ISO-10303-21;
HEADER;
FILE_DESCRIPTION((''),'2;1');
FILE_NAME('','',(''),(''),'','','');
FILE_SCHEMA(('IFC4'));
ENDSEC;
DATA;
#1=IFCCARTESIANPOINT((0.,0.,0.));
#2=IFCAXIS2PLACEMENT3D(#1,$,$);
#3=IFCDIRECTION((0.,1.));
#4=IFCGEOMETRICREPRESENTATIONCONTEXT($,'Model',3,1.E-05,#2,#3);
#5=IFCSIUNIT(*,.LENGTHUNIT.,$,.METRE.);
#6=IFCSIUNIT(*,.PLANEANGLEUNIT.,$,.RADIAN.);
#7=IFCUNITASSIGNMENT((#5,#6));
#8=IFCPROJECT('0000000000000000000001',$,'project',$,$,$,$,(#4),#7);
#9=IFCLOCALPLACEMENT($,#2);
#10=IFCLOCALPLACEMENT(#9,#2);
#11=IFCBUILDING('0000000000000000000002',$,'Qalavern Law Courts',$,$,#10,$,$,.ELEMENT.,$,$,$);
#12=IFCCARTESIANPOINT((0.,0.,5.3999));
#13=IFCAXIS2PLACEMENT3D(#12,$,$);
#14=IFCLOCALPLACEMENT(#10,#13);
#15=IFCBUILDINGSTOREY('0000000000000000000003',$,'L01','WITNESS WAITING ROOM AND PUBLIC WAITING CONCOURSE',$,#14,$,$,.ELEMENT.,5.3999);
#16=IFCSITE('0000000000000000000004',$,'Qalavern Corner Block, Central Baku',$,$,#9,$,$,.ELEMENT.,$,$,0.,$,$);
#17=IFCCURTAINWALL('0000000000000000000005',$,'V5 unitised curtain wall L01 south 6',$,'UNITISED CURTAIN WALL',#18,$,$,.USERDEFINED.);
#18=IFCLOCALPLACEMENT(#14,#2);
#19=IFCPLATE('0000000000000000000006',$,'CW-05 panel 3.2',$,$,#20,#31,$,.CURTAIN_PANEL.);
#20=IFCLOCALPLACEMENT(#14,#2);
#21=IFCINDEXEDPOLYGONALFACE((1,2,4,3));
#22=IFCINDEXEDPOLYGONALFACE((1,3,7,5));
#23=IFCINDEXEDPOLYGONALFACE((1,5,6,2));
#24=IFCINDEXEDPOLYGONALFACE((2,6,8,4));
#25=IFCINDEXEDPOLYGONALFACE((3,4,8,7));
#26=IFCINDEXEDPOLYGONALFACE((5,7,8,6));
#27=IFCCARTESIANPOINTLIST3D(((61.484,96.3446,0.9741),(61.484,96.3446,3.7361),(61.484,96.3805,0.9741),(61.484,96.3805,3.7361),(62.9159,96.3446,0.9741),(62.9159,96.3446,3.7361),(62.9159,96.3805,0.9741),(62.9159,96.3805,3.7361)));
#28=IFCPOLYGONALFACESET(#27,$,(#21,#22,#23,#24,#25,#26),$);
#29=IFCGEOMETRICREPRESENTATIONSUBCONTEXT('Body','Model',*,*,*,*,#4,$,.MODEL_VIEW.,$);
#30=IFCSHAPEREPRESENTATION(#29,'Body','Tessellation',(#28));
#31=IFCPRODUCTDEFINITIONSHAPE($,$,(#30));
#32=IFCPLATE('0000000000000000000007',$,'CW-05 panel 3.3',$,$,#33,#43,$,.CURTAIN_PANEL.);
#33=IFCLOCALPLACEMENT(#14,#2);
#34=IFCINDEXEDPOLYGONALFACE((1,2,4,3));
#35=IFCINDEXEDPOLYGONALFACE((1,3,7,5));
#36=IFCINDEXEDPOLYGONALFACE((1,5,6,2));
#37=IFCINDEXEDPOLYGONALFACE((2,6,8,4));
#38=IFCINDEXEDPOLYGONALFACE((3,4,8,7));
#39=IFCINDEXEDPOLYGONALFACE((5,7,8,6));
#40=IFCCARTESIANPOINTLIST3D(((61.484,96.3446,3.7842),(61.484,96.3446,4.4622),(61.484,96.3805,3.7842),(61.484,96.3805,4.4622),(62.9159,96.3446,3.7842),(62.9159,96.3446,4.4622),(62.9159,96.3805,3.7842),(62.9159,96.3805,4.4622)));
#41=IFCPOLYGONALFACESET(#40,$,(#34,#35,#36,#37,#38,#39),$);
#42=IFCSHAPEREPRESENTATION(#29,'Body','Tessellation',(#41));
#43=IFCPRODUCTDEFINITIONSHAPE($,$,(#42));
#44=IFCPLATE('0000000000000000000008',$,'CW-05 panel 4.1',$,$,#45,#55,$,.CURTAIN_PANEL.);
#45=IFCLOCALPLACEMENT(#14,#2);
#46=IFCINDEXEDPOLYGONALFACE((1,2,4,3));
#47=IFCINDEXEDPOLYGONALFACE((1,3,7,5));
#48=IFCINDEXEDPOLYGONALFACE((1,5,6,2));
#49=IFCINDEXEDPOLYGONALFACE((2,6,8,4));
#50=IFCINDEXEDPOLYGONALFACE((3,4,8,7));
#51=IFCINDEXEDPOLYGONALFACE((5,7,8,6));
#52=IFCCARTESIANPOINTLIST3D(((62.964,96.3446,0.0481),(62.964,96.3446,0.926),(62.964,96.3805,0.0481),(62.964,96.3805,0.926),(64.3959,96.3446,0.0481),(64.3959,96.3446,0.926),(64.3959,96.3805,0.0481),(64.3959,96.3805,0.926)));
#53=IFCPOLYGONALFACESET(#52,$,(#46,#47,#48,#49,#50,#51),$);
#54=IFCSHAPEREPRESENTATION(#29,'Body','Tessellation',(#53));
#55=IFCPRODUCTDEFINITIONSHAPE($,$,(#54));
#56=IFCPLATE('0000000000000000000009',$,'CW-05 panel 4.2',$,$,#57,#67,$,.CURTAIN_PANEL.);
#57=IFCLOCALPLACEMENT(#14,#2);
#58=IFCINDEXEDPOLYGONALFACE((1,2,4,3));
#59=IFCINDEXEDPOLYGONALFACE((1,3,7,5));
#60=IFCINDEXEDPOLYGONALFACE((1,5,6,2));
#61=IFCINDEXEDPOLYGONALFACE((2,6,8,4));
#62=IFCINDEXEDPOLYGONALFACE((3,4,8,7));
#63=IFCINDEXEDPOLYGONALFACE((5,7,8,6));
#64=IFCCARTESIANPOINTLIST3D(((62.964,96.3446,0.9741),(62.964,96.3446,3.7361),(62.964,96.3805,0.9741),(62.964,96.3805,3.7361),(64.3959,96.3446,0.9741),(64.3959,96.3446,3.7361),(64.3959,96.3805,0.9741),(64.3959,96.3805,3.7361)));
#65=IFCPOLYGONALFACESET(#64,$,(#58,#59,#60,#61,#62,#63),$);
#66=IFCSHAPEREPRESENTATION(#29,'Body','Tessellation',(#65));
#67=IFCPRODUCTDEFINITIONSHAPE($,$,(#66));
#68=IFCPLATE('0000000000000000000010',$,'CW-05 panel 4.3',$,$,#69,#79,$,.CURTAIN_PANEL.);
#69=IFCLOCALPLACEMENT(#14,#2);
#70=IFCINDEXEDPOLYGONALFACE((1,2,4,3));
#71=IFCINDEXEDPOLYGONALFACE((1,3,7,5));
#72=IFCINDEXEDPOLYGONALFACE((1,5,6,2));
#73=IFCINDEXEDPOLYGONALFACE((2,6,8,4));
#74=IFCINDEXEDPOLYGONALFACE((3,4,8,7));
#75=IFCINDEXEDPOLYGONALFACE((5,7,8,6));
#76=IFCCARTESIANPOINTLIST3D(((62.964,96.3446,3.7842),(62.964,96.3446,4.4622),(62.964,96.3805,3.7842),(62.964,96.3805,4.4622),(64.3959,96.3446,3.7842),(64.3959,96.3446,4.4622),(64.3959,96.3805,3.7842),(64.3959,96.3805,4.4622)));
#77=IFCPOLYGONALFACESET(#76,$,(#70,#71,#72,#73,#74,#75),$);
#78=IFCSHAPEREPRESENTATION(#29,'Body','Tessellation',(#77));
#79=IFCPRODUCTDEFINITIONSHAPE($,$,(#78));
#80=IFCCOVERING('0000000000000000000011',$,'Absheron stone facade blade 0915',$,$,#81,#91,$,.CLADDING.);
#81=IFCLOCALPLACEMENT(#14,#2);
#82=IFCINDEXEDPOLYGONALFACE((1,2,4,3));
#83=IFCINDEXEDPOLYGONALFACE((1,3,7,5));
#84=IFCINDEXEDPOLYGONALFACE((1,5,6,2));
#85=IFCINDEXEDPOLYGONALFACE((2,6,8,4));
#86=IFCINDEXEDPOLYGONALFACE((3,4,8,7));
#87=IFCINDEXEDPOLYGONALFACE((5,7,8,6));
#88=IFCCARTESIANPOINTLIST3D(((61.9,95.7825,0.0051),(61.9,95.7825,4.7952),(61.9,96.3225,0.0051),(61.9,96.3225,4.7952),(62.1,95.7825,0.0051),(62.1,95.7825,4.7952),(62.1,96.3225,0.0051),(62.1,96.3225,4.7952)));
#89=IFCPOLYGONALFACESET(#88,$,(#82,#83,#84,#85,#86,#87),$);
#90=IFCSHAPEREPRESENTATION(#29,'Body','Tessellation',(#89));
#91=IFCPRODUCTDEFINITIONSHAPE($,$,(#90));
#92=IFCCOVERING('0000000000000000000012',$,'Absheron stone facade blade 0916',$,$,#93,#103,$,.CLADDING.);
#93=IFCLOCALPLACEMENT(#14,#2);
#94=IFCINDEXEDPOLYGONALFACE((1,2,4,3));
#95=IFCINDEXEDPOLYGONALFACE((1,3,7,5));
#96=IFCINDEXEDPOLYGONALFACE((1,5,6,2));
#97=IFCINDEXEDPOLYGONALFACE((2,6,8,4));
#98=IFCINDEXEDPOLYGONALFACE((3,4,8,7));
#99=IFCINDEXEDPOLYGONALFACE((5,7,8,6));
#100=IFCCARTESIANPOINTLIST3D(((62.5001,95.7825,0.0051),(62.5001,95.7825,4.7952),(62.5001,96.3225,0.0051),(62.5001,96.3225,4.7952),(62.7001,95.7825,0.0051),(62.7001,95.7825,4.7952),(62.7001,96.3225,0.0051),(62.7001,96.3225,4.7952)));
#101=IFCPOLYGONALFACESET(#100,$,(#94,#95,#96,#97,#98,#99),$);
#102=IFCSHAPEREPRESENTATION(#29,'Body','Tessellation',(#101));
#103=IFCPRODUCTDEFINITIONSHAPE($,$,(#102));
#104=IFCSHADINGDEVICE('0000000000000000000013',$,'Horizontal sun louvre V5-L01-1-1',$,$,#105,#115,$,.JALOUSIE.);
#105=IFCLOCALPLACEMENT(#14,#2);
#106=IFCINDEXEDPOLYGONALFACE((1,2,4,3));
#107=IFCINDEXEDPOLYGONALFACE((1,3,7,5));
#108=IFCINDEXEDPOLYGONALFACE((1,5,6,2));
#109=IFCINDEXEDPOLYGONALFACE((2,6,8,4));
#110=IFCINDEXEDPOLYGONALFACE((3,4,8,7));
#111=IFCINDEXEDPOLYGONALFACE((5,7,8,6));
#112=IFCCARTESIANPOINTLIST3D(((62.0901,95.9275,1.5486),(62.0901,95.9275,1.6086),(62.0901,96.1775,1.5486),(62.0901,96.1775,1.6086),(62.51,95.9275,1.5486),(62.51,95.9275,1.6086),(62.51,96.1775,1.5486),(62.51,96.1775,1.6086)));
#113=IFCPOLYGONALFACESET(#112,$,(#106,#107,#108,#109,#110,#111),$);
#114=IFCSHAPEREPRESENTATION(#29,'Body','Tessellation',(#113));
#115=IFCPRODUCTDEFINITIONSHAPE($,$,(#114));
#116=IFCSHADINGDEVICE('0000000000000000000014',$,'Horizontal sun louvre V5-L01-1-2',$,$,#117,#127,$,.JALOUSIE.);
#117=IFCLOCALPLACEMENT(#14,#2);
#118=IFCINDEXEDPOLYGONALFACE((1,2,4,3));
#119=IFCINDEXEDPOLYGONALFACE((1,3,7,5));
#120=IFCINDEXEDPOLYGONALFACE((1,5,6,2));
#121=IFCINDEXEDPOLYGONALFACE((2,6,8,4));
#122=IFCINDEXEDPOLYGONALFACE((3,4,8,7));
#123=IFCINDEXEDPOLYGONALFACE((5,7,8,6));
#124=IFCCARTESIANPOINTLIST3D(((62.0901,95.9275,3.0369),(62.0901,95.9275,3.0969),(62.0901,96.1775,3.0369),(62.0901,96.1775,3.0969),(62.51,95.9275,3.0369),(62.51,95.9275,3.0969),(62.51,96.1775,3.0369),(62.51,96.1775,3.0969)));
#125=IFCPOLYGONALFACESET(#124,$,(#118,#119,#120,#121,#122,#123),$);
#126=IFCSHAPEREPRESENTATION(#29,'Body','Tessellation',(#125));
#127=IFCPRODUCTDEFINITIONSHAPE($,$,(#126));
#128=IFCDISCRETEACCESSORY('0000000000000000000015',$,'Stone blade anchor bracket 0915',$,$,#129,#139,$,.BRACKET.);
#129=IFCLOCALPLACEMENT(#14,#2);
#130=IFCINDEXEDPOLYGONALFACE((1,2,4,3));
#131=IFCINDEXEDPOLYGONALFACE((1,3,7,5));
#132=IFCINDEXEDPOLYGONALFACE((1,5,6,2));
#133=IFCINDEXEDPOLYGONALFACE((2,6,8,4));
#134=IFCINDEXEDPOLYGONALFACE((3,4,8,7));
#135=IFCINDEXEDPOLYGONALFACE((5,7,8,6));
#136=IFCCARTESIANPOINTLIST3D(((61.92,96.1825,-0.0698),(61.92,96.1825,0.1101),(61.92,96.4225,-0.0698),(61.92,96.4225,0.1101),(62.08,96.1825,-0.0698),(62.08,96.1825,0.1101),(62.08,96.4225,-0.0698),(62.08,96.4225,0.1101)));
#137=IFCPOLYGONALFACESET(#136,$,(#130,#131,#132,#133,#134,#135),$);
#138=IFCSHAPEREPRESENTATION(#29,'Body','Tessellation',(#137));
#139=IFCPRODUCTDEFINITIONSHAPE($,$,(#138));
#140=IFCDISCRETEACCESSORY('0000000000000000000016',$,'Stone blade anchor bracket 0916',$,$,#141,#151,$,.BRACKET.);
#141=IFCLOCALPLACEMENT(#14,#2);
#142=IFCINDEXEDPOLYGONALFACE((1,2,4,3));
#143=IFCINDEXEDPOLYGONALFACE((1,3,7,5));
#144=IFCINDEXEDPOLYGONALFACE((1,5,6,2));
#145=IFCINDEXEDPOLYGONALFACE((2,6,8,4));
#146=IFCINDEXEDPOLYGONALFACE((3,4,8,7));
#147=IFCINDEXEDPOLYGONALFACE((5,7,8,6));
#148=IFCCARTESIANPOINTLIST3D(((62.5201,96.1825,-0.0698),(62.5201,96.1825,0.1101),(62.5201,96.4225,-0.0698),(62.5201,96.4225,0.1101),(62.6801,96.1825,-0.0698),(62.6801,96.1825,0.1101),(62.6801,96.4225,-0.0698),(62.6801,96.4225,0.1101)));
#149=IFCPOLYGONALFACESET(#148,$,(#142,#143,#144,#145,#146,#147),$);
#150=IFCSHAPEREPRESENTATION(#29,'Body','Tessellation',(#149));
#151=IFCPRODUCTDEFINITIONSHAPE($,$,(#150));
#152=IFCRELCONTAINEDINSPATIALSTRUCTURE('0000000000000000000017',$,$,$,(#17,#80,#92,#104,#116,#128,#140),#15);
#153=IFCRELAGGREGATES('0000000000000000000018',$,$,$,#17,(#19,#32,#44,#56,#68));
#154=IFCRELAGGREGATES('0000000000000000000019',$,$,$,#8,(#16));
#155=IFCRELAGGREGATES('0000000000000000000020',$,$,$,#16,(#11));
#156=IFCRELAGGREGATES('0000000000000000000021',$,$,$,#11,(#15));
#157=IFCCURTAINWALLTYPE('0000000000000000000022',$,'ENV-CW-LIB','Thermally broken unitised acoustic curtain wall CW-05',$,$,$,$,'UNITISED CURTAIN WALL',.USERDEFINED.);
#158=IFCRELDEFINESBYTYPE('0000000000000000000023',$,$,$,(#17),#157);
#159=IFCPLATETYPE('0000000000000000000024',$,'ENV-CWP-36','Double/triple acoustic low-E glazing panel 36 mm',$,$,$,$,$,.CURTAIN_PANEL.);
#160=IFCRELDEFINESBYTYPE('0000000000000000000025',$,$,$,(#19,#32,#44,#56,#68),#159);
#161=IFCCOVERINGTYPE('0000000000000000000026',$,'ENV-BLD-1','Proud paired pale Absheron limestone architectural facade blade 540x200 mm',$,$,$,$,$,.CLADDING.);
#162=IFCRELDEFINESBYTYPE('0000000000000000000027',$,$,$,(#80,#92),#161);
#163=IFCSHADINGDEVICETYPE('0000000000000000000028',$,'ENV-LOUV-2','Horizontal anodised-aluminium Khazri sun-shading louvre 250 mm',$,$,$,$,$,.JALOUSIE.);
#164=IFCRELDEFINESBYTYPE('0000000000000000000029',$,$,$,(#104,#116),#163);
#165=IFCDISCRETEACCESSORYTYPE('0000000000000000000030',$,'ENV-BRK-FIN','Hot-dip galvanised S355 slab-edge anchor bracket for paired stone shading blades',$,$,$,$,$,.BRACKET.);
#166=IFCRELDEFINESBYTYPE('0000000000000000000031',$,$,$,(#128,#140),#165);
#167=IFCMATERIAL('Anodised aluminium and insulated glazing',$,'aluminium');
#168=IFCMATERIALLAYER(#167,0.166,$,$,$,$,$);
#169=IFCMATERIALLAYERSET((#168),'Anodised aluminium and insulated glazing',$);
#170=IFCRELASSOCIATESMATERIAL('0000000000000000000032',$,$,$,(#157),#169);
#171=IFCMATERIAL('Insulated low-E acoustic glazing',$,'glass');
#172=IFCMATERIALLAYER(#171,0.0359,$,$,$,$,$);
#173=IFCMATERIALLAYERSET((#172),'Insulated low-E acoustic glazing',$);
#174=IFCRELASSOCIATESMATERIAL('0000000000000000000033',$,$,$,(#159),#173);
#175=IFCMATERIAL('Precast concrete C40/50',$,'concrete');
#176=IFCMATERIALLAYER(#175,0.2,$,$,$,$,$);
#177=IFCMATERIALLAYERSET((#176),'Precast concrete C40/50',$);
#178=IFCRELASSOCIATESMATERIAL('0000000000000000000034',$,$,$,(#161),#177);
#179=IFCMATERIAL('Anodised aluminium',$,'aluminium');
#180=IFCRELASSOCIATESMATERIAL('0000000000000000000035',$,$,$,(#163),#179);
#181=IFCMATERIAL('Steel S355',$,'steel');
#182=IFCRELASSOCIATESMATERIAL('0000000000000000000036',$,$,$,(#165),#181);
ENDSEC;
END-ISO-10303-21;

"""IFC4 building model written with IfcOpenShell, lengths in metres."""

from ifc_helpers import new_model, si_unit, direction, frame, origin, origin_2d, place, context, subcontext, project, spatial, rectangle, extrude, material, layer, layer_set, type_object, element, aggregate, save


model = new_model("IFC4")

# Units and contexts
model_context = context("Model", 3, precision=1e-05, world=origin(), true_north=direction((0.0, 1.0)))
body_context = subcontext(model_context, "Body", "Model", "MODEL_VIEW")
ifc_project = project(units=[si_unit("LENGTHUNIT", "METRE"), si_unit("PLANEANGLEUNIT", "RADIAN")], contexts=[model_context])

# Site, building, storey
site_placement = place(None, origin())
site = spatial("IfcSite", under=ifc_project, at=site_placement, Name="Qalavern Corner Block, Central Baku", CompositionType="ELEMENT", RefElevation=0.0)
building_placement = place(site_placement, origin())
building = spatial("IfcBuilding", under=site, at=building_placement, Name="Qalavern Law Courts", CompositionType="ELEMENT")
storey_placement = place(building_placement, frame((0.0, 0.0, 5.3999)))
storey = spatial("IfcBuildingStorey", under=building, at=storey_placement, Name="L01", Description="WITNESS WAITING ROOM AND PUBLIC WAITING CONCOURSE", CompositionType="ELEMENT", Elevation=5.3999)

# Curtain wall, plates
ifc_material_1 = material(Name="Anodised aluminium and insulated glazing", Category="aluminium")
ifc_layer_1 = layer(ifc_material_1, 0.166)
ifc_layer_set_1 = layer_set([ifc_layer_1], Name="Anodised aluminium and insulated glazing")
curtain_wall_type = type_object("IfcCurtainWallType", Name="ENV-CW-LIB", Description="Thermally broken unitised acoustic curtain wall CW-05", ElementType="UNITISED CURTAIN WALL", PredefinedType="USERDEFINED", material=ifc_layer_set_1)
curtain_wall_placement = place(storey_placement, origin())
curtain_wall = element("IfcCurtainWall", 1, at=curtain_wall_placement, inside=storey, type_object=curtain_wall_type, Name="V5 unitised curtain wall L01 south 6", ObjectType="UNITISED CURTAIN WALL", PredefinedType="USERDEFINED")
ifc_material_2 = material(Name="Anodised aluminium", Category="aluminium")
ifc_material_3 = material(Name="Insulated low-E acoustic glazing", Category="glass")
ifc_layer_2 = layer(ifc_material_3, 0.0359)
ifc_layer_set_2 = layer_set([ifc_layer_2], Name="Insulated low-E acoustic glazing")
plate_type = type_object("IfcPlateType", Name="ENV-CWP-36", Description="Double/triple acoustic low-E glazing panel 36 mm", PredefinedType="CURTAIN_PANEL", material=ifc_layer_set_2)
plate_1_placement = place(storey_placement, frame((62.2, 96.3625, 0.9741), z_axis=(0.0, 0.0, 1.0), x_axis=(1.0, 0.0, 0.0)))
plate_1 = element("IfcPlate", 2, at=plate_1_placement, type_object=plate_type, Name="CW-05 panel 3.2", PredefinedType="CURTAIN_PANEL", context=body_context, shape_type="SweptSolid", body=[
    extrude(rectangle(XDim=1.4319, YDim=0.0359, at=origin_2d()), origin(), (0.0, 0.0, 1.0), 2.762),
])
plate_2_placement = place(storey_placement, frame((62.2, 96.3625, 3.7842), z_axis=(0.0, 0.0, 1.0), x_axis=(1.0, 0.0, 0.0)))
plate_2 = element("IfcPlate", 3, at=plate_2_placement, type_object=plate_type, Name="CW-05 panel 3.3", PredefinedType="CURTAIN_PANEL", context=body_context, shape_type="SweptSolid", body=[
    extrude(rectangle(XDim=1.4319, YDim=0.0359, at=origin_2d()), origin(), (0.0, 0.0, 1.0), 0.678),
])
plate_3_placement = place(storey_placement, frame((63.6799, 96.3625, 0.0481), z_axis=(0.0, 0.0, 1.0), x_axis=(1.0, 0.0, 0.0)))
plate_3 = element("IfcPlate", 4, at=plate_3_placement, type_object=plate_type, Name="CW-05 panel 4.1", PredefinedType="CURTAIN_PANEL", context=body_context, shape_type="SweptSolid", body=[
    extrude(rectangle(XDim=1.4319, YDim=0.0359, at=origin_2d()), origin(), (0.0, 0.0, 1.0), 0.8779),
])
plate_4_placement = place(storey_placement, frame((63.6799, 96.3625, 0.9741), z_axis=(0.0, 0.0, 1.0), x_axis=(1.0, 0.0, 0.0)))
plate_4 = element("IfcPlate", 5, at=plate_4_placement, type_object=plate_type, Name="CW-05 panel 4.2", PredefinedType="CURTAIN_PANEL", context=body_context, shape_type="SweptSolid", body=[
    extrude(rectangle(XDim=1.4319, YDim=0.0359, at=origin_2d()), origin(), (0.0, 0.0, 1.0), 2.762),
])
plate_5_placement = place(storey_placement, frame((63.6799, 96.3625, 3.7842), z_axis=(0.0, 0.0, 1.0), x_axis=(1.0, 0.0, 0.0)))
plate_5 = element("IfcPlate", 6, at=plate_5_placement, type_object=plate_type, Name="CW-05 panel 4.3", PredefinedType="CURTAIN_PANEL", context=body_context, shape_type="SweptSolid", body=[
    extrude(rectangle(XDim=1.4319, YDim=0.0359, at=origin_2d()), origin(), (0.0, 0.0, 1.0), 0.678),
])
aggregate(curtain_wall, [plate_1, plate_2, plate_3, plate_4, plate_5])

# Coverings
ifc_material_4 = material(Name="Precast concrete C40/50", Category="concrete")
ifc_layer_3 = layer(ifc_material_4, 0.2)
ifc_layer_set_3 = layer_set([ifc_layer_3], Name="Precast concrete C40/50")
covering_type = type_object("IfcCoveringType", Name="ENV-BLD-1", Description="Proud paired pale Absheron limestone architectural facade blade 540x200 mm", PredefinedType="CLADDING", material=ifc_layer_set_3)
for number, where, z_axis, x_axis, name in (
    (7, (62.0, 96.0525, 0.0051), (0.0, 0.0, 1.0), (0.0, -1.0, 0.0), "Absheron stone facade blade 0915"),
    (8, (62.6001, 96.0525, 0.0051), (0.0, 0.0, 1.0), (0.0, -1.0, 0.0), "Absheron stone facade blade 0916"),
):
    element("IfcCovering", number, at=place(storey_placement, frame(where, z_axis=z_axis, x_axis=x_axis)), inside=storey, type_object=covering_type, Name=name, PredefinedType="CLADDING", context=body_context, shape_type="SweptSolid", body=[
        extrude(rectangle(XDim=0.54, YDim=0.2, at=origin_2d()), origin(), (0.0, 0.0, 1.0), 4.79),
    ])

# Shading devices
shading_device_type = type_object("IfcShadingDeviceType", Name="ENV-LOUV-2", Description="Horizontal anodised-aluminium Khazri sun-shading louvre 250 mm", PredefinedType="JALOUSIE", material=ifc_material_2)
for number, where, z_axis, x_axis, name in (
    (9, (62.3, 96.0525, 1.5486), (0.0, 0.0, 1.0), (1.0, 0.0, 0.0), "Horizontal sun louvre V5-L01-1-1"),
    (10, (62.3, 96.0525, 3.0369), (0.0, 0.0, 1.0), (1.0, 0.0, 0.0), "Horizontal sun louvre V5-L01-1-2"),
):
    element("IfcShadingDevice", number, at=place(storey_placement, frame(where, z_axis=z_axis, x_axis=x_axis)), inside=storey, type_object=shading_device_type, Name=name, PredefinedType="JALOUSIE", context=body_context, shape_type="SweptSolid", body=[
        extrude(rectangle(XDim=0.4199, YDim=0.25, at=origin_2d()), origin(), (0.0, 0.0, 1.0), 0.0601),
    ])

# Discrete accessories
ifc_material_5 = material(Name="Steel S355", Category="steel")
discrete_accessory_type = type_object("IfcDiscreteAccessoryType", Name="ENV-BRK-FIN", Description="Hot-dip galvanised S355 slab-edge anchor bracket for paired stone shading blades", PredefinedType="BRACKET", material=ifc_material_5)
for number, where, z_axis, x_axis, name in (
    (11, (62.0, 96.3025, -0.0698), (0.0, 0.0, 1.0), (0.0, -1.0, 0.0), "Stone blade anchor bracket 0915"),
    (12, (62.6001, 96.3025, -0.0698), (0.0, 0.0, 1.0), (0.0, -1.0, 0.0), "Stone blade anchor bracket 0916"),
):
    element("IfcDiscreteAccessory", number, at=place(storey_placement, frame(where, z_axis=z_axis, x_axis=x_axis)), inside=storey, type_object=discrete_accessory_type, Name=name, PredefinedType="BRACKET", context=body_context, shape_type="SweptSolid", body=[
        extrude(rectangle(XDim=0.24, YDim=0.1599, at=origin_2d()), origin(), (0.0, 0.0, 1.0), 0.1799),
    ])

save(model, "model.ifc")
